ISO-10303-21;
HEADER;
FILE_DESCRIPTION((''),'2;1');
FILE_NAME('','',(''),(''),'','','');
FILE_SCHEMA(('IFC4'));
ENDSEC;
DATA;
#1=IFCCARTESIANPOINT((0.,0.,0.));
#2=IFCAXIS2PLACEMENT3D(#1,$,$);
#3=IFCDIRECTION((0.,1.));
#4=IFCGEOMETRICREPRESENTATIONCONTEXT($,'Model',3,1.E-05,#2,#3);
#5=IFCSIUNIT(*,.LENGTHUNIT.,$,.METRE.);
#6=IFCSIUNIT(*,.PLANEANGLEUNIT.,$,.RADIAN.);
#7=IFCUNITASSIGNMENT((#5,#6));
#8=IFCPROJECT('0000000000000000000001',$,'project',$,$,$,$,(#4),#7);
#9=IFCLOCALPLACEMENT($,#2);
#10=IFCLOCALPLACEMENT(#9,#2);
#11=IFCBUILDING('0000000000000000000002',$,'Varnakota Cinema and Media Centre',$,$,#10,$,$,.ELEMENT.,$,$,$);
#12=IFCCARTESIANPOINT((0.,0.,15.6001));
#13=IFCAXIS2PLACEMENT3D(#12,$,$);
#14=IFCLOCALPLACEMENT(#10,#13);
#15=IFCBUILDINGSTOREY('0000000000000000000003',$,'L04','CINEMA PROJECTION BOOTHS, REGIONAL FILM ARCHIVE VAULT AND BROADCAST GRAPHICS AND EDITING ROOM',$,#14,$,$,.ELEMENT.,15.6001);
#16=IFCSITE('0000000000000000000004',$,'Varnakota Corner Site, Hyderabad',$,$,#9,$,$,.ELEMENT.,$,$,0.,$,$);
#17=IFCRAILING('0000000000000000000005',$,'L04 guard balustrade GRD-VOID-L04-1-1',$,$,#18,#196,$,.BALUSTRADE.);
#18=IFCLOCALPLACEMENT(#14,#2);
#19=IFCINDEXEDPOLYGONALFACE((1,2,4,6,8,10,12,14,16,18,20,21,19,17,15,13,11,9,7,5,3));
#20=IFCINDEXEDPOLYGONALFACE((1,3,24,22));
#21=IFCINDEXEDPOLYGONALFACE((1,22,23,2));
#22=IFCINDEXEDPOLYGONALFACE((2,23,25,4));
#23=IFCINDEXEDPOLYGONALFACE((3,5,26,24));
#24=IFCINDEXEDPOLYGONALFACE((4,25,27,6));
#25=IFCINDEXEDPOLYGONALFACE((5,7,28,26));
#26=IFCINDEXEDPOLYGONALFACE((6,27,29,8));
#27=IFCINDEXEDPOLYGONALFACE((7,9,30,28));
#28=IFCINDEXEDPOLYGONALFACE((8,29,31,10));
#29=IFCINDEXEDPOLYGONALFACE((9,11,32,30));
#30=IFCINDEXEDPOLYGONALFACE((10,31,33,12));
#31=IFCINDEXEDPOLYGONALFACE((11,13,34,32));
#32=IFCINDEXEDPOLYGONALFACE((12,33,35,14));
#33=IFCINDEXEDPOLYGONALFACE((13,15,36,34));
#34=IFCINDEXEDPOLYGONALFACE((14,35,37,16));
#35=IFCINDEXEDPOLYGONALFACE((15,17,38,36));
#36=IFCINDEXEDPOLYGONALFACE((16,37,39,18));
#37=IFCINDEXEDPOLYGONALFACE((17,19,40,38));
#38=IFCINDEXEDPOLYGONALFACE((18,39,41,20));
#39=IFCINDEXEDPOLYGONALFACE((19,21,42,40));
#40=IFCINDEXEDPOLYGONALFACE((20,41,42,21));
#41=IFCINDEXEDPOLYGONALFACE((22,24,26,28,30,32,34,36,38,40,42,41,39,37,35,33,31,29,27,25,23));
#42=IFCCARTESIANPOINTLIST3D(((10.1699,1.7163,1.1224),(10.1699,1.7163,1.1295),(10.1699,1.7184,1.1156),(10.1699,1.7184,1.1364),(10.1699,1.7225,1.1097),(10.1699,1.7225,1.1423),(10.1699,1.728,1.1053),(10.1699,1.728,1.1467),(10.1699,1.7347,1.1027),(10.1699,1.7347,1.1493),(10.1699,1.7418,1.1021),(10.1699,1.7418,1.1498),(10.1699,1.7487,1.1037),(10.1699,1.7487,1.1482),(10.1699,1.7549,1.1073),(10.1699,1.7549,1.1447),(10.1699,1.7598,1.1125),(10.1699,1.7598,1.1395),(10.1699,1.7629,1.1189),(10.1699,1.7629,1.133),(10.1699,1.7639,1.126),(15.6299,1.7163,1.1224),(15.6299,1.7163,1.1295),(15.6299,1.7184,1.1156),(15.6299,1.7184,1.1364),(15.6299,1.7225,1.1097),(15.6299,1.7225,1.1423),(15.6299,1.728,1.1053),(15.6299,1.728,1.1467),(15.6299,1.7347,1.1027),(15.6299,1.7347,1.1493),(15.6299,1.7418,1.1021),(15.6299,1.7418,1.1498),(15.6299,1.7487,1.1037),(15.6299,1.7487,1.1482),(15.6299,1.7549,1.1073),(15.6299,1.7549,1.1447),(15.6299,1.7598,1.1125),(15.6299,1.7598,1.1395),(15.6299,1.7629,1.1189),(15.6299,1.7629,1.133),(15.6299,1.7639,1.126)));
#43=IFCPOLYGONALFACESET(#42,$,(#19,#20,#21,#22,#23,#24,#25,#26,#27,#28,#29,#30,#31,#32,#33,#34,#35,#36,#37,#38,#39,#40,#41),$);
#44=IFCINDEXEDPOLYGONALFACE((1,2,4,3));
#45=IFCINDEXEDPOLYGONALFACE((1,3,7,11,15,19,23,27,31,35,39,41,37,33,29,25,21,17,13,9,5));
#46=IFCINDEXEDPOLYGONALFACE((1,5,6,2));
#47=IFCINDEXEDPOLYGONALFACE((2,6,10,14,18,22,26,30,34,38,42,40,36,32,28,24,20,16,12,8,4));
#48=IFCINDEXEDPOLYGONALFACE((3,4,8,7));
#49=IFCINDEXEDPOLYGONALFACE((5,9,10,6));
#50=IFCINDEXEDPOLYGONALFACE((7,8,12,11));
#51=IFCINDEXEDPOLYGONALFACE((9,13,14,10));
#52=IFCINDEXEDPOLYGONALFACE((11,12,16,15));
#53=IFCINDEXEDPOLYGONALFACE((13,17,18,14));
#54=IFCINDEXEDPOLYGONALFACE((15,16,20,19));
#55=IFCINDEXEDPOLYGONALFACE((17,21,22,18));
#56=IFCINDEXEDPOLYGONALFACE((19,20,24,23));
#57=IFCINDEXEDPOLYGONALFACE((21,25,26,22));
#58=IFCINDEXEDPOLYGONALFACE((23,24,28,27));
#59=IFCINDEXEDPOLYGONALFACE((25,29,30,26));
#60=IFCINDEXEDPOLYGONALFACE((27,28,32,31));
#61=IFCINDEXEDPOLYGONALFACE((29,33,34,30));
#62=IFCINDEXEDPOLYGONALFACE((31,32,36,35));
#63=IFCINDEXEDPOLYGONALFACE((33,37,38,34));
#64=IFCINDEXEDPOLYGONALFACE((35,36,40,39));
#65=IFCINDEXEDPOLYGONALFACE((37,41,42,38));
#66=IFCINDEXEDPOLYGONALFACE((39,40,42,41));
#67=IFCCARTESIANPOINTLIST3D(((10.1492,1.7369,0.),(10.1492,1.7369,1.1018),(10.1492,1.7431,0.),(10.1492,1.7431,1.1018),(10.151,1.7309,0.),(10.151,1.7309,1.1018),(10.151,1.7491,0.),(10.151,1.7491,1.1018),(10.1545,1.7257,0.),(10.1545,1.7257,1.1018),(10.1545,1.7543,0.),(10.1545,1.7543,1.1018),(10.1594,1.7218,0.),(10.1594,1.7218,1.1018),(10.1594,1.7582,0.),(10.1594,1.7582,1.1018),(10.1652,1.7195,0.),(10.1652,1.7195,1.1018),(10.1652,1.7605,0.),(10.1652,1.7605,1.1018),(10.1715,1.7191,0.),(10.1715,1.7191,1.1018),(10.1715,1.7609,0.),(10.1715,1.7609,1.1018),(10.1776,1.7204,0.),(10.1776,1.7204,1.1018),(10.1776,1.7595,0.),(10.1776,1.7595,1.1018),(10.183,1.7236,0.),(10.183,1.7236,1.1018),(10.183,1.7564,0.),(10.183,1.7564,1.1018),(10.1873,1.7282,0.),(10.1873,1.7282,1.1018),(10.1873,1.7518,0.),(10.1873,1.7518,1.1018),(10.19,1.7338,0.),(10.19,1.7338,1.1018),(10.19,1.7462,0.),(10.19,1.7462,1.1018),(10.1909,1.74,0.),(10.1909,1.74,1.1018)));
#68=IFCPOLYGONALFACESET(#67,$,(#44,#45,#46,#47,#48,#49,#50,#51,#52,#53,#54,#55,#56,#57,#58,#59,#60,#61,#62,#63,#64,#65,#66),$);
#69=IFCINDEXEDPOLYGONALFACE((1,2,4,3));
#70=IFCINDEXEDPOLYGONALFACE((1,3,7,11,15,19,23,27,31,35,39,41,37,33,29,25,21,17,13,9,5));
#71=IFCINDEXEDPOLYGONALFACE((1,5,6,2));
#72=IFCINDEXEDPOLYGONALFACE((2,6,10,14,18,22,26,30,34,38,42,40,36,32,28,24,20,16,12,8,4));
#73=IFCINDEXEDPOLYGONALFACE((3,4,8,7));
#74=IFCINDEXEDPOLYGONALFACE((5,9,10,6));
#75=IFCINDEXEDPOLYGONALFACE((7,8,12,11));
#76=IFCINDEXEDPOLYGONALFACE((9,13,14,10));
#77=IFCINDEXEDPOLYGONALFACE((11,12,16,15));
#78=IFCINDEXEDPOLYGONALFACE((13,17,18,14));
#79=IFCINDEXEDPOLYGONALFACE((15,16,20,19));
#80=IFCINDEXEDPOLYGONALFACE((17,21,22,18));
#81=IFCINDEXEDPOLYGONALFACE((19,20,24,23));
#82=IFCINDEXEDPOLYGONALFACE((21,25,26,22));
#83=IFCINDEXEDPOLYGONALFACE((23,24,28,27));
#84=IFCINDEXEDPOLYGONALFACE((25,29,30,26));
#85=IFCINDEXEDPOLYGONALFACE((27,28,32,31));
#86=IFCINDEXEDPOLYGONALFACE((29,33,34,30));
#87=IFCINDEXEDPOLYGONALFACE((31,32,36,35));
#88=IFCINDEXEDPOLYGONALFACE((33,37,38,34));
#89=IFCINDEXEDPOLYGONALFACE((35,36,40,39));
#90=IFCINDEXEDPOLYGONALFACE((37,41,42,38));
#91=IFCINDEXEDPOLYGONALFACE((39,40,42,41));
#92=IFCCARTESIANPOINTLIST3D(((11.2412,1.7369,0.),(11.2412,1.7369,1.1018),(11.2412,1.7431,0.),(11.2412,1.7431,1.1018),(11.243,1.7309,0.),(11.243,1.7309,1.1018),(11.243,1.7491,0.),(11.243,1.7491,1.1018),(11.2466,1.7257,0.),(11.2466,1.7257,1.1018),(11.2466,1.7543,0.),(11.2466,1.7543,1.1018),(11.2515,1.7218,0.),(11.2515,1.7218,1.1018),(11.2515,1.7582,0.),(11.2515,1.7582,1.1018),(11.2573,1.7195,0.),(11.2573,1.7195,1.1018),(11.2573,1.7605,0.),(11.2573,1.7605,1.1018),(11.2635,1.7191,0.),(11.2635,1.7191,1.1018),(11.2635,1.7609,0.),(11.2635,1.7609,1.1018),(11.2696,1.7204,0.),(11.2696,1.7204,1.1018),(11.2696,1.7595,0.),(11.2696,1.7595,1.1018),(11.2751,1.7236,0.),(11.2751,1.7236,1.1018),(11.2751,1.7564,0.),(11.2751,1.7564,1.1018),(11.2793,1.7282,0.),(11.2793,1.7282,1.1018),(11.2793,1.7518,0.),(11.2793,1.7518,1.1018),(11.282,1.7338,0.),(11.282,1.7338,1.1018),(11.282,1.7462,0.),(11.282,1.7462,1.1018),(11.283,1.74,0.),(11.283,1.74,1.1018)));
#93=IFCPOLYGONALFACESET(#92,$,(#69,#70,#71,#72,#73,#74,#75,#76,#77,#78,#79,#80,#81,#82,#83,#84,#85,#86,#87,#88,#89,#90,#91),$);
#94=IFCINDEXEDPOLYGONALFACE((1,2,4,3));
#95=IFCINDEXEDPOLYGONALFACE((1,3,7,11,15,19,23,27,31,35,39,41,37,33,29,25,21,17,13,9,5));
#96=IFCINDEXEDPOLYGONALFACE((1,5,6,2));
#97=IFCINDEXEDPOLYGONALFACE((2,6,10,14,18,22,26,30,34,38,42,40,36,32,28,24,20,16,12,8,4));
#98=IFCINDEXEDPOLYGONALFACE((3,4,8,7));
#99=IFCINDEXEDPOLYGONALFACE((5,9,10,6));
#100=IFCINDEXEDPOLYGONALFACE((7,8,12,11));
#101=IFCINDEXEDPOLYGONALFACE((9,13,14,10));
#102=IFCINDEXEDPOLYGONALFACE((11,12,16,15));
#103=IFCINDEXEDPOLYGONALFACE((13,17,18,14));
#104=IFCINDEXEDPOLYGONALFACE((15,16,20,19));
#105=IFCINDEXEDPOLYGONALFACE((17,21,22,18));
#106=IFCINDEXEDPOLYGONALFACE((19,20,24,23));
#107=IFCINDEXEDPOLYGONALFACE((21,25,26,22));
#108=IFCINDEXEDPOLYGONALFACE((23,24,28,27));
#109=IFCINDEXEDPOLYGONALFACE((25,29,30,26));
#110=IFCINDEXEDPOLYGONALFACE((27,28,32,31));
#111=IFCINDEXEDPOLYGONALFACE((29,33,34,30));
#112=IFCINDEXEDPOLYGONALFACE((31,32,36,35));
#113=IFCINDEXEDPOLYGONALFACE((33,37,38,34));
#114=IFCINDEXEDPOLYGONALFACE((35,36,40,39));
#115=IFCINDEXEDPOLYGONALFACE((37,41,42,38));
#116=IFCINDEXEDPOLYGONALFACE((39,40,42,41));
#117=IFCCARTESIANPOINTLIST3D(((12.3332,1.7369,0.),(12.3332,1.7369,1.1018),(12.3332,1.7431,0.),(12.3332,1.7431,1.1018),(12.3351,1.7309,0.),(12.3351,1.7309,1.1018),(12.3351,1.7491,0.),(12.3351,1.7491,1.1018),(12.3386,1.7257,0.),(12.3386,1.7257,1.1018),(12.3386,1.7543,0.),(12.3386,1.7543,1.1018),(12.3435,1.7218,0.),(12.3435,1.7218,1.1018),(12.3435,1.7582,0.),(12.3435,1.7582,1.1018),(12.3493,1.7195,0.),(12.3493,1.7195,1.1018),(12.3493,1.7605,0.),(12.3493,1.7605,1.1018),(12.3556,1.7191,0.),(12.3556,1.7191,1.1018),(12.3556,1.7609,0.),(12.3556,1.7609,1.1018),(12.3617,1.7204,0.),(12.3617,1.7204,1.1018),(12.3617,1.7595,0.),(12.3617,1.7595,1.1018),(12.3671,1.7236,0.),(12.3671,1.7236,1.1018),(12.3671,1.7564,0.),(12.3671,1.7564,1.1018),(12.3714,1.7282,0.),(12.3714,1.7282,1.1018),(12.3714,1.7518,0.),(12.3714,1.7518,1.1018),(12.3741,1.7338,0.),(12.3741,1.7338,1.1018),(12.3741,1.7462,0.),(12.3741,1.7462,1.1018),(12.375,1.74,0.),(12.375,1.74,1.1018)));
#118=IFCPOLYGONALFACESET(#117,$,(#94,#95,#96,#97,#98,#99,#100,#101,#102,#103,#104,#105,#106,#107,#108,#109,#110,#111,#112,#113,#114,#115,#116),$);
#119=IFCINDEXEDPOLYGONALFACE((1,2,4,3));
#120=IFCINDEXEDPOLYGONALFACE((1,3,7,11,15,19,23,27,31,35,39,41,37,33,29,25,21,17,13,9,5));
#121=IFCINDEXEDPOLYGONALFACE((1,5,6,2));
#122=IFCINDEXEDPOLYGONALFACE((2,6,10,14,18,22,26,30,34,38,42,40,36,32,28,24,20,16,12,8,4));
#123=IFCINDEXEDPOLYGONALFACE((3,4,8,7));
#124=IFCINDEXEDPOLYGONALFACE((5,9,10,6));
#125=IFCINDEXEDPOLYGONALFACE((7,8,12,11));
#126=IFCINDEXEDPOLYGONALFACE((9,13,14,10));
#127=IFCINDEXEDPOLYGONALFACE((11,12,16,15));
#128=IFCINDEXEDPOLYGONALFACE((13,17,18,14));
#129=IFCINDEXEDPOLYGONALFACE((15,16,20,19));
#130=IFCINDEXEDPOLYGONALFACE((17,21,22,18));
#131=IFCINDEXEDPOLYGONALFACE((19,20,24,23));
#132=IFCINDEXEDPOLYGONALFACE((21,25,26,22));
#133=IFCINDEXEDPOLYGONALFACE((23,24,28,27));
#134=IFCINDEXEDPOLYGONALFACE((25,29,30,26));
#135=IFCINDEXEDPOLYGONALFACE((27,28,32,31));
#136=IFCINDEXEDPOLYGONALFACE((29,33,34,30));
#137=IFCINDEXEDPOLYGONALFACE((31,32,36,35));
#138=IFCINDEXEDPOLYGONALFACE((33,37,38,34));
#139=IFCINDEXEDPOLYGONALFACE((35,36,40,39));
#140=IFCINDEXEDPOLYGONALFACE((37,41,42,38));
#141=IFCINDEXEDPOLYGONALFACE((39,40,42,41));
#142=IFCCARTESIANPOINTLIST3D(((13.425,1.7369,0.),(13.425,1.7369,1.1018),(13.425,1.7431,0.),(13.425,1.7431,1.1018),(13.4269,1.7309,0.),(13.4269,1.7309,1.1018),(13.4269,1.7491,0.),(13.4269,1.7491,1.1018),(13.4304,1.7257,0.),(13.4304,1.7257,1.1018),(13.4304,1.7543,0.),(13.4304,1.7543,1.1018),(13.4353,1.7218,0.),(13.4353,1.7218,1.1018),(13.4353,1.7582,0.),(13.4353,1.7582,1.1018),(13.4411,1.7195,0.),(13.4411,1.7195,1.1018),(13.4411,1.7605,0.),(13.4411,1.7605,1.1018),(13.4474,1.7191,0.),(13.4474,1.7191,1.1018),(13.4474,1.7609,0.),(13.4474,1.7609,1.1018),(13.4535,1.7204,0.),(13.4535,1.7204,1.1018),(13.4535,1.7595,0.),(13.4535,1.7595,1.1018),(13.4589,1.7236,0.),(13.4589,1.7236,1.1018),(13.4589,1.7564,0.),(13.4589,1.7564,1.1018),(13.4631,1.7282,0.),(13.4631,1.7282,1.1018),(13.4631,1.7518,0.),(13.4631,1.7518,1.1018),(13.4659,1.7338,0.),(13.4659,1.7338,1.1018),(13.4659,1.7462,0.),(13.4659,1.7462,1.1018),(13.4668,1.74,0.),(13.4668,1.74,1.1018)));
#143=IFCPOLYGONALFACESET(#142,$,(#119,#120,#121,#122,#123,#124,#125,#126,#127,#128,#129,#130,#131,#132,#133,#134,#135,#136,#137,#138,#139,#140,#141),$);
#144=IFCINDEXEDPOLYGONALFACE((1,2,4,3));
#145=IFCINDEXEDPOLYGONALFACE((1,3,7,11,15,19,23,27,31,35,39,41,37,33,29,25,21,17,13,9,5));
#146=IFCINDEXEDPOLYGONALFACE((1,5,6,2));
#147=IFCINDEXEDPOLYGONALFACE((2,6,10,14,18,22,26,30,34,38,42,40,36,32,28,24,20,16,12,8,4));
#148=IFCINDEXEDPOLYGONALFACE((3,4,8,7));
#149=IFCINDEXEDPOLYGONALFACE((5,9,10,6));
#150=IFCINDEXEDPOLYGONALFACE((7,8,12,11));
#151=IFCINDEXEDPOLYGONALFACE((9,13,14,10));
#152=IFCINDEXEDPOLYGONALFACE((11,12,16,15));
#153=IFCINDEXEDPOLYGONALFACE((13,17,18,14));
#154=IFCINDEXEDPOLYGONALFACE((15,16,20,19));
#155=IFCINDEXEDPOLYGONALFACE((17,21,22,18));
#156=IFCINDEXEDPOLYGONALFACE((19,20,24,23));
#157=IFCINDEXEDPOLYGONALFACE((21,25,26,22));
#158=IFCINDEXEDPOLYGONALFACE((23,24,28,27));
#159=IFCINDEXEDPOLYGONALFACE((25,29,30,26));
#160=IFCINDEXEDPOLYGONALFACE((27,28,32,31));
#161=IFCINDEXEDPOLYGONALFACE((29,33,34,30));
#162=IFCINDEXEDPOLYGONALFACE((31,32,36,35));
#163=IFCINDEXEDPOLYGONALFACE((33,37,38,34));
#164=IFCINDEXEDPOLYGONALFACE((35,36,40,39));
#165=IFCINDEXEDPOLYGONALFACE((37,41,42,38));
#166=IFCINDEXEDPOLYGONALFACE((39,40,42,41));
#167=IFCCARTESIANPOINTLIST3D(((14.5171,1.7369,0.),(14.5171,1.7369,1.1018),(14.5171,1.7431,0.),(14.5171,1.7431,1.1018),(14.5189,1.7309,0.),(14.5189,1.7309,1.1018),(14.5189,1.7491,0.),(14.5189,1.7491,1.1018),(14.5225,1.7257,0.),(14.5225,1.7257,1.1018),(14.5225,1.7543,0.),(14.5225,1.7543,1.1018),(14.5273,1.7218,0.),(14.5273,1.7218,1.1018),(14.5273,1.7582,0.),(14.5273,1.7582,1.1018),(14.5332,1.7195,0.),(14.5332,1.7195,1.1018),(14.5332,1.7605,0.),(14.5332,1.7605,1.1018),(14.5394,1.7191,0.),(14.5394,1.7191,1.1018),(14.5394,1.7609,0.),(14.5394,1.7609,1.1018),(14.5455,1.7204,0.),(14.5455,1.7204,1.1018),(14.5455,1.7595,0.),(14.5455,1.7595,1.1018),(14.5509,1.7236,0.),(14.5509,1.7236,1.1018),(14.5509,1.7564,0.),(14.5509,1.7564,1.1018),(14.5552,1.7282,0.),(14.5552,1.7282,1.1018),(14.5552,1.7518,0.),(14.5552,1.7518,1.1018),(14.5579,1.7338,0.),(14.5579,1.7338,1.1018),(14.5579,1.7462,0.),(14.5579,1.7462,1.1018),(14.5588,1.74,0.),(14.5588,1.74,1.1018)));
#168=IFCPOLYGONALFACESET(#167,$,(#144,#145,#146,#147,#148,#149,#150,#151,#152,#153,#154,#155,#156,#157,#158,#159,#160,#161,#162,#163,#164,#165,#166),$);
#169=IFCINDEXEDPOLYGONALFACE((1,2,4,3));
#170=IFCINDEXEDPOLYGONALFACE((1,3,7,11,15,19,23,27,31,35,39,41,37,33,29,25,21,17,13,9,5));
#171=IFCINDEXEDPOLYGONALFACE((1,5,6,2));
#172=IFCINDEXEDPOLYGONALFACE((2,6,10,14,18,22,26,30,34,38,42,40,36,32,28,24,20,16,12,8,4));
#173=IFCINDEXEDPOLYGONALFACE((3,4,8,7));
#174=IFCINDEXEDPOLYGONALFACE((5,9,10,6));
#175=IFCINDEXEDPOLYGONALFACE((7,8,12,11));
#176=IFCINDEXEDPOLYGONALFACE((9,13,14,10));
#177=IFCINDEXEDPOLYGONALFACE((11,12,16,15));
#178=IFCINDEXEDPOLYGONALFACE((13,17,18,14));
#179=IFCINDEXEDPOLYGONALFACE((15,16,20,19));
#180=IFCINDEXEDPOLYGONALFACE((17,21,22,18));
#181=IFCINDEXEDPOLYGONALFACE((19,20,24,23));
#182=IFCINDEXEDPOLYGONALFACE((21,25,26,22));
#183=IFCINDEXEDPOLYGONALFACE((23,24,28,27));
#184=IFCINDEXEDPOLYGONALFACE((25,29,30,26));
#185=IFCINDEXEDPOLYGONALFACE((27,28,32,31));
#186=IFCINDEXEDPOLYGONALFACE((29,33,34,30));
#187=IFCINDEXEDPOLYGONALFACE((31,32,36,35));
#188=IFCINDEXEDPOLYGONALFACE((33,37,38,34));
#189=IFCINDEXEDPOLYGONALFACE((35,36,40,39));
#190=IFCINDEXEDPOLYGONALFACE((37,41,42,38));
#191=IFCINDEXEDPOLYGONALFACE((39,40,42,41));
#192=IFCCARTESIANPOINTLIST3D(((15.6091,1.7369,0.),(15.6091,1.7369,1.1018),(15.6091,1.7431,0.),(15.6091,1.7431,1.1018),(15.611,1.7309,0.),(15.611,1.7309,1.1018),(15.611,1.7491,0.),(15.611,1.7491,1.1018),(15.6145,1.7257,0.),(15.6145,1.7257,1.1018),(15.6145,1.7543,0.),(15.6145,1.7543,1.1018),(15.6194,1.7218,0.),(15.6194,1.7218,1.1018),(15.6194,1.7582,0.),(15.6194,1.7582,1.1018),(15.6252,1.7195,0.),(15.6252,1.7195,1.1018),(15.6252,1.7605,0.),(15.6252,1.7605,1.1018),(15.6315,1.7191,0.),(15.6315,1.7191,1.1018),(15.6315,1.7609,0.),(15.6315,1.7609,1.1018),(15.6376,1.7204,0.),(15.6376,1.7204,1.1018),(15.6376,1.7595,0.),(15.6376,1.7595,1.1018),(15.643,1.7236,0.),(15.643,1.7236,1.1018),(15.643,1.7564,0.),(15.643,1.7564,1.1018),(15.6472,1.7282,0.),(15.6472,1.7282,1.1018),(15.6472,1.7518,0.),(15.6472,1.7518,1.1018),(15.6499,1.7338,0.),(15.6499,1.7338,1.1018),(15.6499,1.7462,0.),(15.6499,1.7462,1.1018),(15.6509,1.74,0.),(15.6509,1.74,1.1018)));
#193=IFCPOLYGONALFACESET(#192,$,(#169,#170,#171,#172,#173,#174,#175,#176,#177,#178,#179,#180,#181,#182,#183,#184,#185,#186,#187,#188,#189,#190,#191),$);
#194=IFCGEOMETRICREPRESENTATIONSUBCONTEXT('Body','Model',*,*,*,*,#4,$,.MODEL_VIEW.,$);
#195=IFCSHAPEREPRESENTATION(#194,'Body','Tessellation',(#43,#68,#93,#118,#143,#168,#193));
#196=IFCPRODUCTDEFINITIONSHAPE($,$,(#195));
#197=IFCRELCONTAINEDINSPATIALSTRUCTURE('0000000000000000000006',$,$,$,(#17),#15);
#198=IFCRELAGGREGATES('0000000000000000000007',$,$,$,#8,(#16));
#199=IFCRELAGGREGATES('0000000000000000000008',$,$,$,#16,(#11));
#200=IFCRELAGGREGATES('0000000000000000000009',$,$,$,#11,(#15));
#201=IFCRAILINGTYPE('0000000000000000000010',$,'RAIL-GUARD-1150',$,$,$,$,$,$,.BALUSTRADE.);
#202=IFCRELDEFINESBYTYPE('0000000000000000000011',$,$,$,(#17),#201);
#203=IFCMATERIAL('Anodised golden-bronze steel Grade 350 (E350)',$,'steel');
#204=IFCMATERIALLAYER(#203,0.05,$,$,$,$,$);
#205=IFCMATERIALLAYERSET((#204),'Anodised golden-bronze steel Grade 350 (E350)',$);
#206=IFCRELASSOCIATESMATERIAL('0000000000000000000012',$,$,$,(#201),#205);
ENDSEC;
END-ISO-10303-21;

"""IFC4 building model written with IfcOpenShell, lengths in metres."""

from ifc_helpers import new_model, si_unit, direction, frame, origin, origin_2d, place, context, subcontext, project, spatial, circle, extrude, material, layer, layer_set, type_object, element, save


model = new_model("IFC4")

# Units and contexts
model_context = context("Model", 3, precision=1e-05, world=origin(), true_north=direction((0.0, 1.0)))
body_context = subcontext(model_context, "Body", "Model", "MODEL_VIEW")
ifc_project = project(units=[si_unit("LENGTHUNIT", "METRE"), si_unit("PLANEANGLEUNIT", "RADIAN")], contexts=[model_context])

# Site, building, storey
site_placement = place(None, origin())
site = spatial("IfcSite", under=ifc_project, at=site_placement, Name="Varnakota Corner Site, Hyderabad", CompositionType="ELEMENT", RefElevation=0.0)
building_placement = place(site_placement, origin())
building = spatial("IfcBuilding", under=site, at=building_placement, Name="Varnakota Cinema and Media Centre", CompositionType="ELEMENT")
storey_placement = place(building_placement, frame((0.0, 0.0, 15.6001)))
storey = spatial("IfcBuildingStorey", under=building, at=storey_placement, Name="L04", Description="CINEMA PROJECTION BOOTHS, REGIONAL FILM ARCHIVE VAULT AND BROADCAST GRAPHICS AND EDITING ROOM", CompositionType="ELEMENT", Elevation=15.6001)

# Railing
ifc_material_1 = material(Name="Anodised golden-bronze steel Grade 350 (E350)", Category="steel")
ifc_layer_1 = layer(ifc_material_1, 0.05)
ifc_layer_set_1 = layer_set([ifc_layer_1], Name="Anodised golden-bronze steel Grade 350 (E350)")
railing_type = type_object("IfcRailingType", Name="RAIL-GUARD-1150", PredefinedType="BALUSTRADE", material=ifc_layer_set_1)
railing_1_placement = place(storey_placement, frame((10.1699, 1.74, 0.0)))
element("IfcRailing", 1, at=railing_1_placement, inside=storey, type_object=railing_type, Name="L04 guard balustrade GRD-VOID-L04-1-1", PredefinedType="BALUSTRADE", context=body_context, shape_type="SweptSolid", body=[
    extrude(circle(Radius=0.0239, at=origin_2d()), frame((0.0, 0.0, 1.126), z_axis=(1.0, 0.0, 0.0), x_axis=(0.0, 1.0, 0.0)), (0.0, 0.0, 1.0), 5.46),
    extrude(circle(Radius=0.021, at=origin_2d()), origin(), (0.0, 0.0, 1.0), 1.1018),
    extrude(circle(Radius=0.021, at=origin_2d()), frame((1.092, 0.0, 0.0)), (0.0, 0.0, 1.0), 1.1018),
    extrude(circle(Radius=0.021, at=origin_2d()), frame((2.1841, 0.0, 0.0)), (0.0, 0.0, 1.0), 1.1018),
    extrude(circle(Radius=0.021, at=origin_2d()), frame((3.2759, 0.0, 0.0)), (0.0, 0.0, 1.0), 1.1018),
    extrude(circle(Radius=0.021, at=origin_2d()), frame((4.3679, 0.0, 0.0)), (0.0, 0.0, 1.0), 1.1018),
    extrude(circle(Radius=0.021, at=origin_2d()), frame((5.46, 0.0, 0.0)), (0.0, 0.0, 1.0), 1.1018),
])

save(model, "model.ifc")
